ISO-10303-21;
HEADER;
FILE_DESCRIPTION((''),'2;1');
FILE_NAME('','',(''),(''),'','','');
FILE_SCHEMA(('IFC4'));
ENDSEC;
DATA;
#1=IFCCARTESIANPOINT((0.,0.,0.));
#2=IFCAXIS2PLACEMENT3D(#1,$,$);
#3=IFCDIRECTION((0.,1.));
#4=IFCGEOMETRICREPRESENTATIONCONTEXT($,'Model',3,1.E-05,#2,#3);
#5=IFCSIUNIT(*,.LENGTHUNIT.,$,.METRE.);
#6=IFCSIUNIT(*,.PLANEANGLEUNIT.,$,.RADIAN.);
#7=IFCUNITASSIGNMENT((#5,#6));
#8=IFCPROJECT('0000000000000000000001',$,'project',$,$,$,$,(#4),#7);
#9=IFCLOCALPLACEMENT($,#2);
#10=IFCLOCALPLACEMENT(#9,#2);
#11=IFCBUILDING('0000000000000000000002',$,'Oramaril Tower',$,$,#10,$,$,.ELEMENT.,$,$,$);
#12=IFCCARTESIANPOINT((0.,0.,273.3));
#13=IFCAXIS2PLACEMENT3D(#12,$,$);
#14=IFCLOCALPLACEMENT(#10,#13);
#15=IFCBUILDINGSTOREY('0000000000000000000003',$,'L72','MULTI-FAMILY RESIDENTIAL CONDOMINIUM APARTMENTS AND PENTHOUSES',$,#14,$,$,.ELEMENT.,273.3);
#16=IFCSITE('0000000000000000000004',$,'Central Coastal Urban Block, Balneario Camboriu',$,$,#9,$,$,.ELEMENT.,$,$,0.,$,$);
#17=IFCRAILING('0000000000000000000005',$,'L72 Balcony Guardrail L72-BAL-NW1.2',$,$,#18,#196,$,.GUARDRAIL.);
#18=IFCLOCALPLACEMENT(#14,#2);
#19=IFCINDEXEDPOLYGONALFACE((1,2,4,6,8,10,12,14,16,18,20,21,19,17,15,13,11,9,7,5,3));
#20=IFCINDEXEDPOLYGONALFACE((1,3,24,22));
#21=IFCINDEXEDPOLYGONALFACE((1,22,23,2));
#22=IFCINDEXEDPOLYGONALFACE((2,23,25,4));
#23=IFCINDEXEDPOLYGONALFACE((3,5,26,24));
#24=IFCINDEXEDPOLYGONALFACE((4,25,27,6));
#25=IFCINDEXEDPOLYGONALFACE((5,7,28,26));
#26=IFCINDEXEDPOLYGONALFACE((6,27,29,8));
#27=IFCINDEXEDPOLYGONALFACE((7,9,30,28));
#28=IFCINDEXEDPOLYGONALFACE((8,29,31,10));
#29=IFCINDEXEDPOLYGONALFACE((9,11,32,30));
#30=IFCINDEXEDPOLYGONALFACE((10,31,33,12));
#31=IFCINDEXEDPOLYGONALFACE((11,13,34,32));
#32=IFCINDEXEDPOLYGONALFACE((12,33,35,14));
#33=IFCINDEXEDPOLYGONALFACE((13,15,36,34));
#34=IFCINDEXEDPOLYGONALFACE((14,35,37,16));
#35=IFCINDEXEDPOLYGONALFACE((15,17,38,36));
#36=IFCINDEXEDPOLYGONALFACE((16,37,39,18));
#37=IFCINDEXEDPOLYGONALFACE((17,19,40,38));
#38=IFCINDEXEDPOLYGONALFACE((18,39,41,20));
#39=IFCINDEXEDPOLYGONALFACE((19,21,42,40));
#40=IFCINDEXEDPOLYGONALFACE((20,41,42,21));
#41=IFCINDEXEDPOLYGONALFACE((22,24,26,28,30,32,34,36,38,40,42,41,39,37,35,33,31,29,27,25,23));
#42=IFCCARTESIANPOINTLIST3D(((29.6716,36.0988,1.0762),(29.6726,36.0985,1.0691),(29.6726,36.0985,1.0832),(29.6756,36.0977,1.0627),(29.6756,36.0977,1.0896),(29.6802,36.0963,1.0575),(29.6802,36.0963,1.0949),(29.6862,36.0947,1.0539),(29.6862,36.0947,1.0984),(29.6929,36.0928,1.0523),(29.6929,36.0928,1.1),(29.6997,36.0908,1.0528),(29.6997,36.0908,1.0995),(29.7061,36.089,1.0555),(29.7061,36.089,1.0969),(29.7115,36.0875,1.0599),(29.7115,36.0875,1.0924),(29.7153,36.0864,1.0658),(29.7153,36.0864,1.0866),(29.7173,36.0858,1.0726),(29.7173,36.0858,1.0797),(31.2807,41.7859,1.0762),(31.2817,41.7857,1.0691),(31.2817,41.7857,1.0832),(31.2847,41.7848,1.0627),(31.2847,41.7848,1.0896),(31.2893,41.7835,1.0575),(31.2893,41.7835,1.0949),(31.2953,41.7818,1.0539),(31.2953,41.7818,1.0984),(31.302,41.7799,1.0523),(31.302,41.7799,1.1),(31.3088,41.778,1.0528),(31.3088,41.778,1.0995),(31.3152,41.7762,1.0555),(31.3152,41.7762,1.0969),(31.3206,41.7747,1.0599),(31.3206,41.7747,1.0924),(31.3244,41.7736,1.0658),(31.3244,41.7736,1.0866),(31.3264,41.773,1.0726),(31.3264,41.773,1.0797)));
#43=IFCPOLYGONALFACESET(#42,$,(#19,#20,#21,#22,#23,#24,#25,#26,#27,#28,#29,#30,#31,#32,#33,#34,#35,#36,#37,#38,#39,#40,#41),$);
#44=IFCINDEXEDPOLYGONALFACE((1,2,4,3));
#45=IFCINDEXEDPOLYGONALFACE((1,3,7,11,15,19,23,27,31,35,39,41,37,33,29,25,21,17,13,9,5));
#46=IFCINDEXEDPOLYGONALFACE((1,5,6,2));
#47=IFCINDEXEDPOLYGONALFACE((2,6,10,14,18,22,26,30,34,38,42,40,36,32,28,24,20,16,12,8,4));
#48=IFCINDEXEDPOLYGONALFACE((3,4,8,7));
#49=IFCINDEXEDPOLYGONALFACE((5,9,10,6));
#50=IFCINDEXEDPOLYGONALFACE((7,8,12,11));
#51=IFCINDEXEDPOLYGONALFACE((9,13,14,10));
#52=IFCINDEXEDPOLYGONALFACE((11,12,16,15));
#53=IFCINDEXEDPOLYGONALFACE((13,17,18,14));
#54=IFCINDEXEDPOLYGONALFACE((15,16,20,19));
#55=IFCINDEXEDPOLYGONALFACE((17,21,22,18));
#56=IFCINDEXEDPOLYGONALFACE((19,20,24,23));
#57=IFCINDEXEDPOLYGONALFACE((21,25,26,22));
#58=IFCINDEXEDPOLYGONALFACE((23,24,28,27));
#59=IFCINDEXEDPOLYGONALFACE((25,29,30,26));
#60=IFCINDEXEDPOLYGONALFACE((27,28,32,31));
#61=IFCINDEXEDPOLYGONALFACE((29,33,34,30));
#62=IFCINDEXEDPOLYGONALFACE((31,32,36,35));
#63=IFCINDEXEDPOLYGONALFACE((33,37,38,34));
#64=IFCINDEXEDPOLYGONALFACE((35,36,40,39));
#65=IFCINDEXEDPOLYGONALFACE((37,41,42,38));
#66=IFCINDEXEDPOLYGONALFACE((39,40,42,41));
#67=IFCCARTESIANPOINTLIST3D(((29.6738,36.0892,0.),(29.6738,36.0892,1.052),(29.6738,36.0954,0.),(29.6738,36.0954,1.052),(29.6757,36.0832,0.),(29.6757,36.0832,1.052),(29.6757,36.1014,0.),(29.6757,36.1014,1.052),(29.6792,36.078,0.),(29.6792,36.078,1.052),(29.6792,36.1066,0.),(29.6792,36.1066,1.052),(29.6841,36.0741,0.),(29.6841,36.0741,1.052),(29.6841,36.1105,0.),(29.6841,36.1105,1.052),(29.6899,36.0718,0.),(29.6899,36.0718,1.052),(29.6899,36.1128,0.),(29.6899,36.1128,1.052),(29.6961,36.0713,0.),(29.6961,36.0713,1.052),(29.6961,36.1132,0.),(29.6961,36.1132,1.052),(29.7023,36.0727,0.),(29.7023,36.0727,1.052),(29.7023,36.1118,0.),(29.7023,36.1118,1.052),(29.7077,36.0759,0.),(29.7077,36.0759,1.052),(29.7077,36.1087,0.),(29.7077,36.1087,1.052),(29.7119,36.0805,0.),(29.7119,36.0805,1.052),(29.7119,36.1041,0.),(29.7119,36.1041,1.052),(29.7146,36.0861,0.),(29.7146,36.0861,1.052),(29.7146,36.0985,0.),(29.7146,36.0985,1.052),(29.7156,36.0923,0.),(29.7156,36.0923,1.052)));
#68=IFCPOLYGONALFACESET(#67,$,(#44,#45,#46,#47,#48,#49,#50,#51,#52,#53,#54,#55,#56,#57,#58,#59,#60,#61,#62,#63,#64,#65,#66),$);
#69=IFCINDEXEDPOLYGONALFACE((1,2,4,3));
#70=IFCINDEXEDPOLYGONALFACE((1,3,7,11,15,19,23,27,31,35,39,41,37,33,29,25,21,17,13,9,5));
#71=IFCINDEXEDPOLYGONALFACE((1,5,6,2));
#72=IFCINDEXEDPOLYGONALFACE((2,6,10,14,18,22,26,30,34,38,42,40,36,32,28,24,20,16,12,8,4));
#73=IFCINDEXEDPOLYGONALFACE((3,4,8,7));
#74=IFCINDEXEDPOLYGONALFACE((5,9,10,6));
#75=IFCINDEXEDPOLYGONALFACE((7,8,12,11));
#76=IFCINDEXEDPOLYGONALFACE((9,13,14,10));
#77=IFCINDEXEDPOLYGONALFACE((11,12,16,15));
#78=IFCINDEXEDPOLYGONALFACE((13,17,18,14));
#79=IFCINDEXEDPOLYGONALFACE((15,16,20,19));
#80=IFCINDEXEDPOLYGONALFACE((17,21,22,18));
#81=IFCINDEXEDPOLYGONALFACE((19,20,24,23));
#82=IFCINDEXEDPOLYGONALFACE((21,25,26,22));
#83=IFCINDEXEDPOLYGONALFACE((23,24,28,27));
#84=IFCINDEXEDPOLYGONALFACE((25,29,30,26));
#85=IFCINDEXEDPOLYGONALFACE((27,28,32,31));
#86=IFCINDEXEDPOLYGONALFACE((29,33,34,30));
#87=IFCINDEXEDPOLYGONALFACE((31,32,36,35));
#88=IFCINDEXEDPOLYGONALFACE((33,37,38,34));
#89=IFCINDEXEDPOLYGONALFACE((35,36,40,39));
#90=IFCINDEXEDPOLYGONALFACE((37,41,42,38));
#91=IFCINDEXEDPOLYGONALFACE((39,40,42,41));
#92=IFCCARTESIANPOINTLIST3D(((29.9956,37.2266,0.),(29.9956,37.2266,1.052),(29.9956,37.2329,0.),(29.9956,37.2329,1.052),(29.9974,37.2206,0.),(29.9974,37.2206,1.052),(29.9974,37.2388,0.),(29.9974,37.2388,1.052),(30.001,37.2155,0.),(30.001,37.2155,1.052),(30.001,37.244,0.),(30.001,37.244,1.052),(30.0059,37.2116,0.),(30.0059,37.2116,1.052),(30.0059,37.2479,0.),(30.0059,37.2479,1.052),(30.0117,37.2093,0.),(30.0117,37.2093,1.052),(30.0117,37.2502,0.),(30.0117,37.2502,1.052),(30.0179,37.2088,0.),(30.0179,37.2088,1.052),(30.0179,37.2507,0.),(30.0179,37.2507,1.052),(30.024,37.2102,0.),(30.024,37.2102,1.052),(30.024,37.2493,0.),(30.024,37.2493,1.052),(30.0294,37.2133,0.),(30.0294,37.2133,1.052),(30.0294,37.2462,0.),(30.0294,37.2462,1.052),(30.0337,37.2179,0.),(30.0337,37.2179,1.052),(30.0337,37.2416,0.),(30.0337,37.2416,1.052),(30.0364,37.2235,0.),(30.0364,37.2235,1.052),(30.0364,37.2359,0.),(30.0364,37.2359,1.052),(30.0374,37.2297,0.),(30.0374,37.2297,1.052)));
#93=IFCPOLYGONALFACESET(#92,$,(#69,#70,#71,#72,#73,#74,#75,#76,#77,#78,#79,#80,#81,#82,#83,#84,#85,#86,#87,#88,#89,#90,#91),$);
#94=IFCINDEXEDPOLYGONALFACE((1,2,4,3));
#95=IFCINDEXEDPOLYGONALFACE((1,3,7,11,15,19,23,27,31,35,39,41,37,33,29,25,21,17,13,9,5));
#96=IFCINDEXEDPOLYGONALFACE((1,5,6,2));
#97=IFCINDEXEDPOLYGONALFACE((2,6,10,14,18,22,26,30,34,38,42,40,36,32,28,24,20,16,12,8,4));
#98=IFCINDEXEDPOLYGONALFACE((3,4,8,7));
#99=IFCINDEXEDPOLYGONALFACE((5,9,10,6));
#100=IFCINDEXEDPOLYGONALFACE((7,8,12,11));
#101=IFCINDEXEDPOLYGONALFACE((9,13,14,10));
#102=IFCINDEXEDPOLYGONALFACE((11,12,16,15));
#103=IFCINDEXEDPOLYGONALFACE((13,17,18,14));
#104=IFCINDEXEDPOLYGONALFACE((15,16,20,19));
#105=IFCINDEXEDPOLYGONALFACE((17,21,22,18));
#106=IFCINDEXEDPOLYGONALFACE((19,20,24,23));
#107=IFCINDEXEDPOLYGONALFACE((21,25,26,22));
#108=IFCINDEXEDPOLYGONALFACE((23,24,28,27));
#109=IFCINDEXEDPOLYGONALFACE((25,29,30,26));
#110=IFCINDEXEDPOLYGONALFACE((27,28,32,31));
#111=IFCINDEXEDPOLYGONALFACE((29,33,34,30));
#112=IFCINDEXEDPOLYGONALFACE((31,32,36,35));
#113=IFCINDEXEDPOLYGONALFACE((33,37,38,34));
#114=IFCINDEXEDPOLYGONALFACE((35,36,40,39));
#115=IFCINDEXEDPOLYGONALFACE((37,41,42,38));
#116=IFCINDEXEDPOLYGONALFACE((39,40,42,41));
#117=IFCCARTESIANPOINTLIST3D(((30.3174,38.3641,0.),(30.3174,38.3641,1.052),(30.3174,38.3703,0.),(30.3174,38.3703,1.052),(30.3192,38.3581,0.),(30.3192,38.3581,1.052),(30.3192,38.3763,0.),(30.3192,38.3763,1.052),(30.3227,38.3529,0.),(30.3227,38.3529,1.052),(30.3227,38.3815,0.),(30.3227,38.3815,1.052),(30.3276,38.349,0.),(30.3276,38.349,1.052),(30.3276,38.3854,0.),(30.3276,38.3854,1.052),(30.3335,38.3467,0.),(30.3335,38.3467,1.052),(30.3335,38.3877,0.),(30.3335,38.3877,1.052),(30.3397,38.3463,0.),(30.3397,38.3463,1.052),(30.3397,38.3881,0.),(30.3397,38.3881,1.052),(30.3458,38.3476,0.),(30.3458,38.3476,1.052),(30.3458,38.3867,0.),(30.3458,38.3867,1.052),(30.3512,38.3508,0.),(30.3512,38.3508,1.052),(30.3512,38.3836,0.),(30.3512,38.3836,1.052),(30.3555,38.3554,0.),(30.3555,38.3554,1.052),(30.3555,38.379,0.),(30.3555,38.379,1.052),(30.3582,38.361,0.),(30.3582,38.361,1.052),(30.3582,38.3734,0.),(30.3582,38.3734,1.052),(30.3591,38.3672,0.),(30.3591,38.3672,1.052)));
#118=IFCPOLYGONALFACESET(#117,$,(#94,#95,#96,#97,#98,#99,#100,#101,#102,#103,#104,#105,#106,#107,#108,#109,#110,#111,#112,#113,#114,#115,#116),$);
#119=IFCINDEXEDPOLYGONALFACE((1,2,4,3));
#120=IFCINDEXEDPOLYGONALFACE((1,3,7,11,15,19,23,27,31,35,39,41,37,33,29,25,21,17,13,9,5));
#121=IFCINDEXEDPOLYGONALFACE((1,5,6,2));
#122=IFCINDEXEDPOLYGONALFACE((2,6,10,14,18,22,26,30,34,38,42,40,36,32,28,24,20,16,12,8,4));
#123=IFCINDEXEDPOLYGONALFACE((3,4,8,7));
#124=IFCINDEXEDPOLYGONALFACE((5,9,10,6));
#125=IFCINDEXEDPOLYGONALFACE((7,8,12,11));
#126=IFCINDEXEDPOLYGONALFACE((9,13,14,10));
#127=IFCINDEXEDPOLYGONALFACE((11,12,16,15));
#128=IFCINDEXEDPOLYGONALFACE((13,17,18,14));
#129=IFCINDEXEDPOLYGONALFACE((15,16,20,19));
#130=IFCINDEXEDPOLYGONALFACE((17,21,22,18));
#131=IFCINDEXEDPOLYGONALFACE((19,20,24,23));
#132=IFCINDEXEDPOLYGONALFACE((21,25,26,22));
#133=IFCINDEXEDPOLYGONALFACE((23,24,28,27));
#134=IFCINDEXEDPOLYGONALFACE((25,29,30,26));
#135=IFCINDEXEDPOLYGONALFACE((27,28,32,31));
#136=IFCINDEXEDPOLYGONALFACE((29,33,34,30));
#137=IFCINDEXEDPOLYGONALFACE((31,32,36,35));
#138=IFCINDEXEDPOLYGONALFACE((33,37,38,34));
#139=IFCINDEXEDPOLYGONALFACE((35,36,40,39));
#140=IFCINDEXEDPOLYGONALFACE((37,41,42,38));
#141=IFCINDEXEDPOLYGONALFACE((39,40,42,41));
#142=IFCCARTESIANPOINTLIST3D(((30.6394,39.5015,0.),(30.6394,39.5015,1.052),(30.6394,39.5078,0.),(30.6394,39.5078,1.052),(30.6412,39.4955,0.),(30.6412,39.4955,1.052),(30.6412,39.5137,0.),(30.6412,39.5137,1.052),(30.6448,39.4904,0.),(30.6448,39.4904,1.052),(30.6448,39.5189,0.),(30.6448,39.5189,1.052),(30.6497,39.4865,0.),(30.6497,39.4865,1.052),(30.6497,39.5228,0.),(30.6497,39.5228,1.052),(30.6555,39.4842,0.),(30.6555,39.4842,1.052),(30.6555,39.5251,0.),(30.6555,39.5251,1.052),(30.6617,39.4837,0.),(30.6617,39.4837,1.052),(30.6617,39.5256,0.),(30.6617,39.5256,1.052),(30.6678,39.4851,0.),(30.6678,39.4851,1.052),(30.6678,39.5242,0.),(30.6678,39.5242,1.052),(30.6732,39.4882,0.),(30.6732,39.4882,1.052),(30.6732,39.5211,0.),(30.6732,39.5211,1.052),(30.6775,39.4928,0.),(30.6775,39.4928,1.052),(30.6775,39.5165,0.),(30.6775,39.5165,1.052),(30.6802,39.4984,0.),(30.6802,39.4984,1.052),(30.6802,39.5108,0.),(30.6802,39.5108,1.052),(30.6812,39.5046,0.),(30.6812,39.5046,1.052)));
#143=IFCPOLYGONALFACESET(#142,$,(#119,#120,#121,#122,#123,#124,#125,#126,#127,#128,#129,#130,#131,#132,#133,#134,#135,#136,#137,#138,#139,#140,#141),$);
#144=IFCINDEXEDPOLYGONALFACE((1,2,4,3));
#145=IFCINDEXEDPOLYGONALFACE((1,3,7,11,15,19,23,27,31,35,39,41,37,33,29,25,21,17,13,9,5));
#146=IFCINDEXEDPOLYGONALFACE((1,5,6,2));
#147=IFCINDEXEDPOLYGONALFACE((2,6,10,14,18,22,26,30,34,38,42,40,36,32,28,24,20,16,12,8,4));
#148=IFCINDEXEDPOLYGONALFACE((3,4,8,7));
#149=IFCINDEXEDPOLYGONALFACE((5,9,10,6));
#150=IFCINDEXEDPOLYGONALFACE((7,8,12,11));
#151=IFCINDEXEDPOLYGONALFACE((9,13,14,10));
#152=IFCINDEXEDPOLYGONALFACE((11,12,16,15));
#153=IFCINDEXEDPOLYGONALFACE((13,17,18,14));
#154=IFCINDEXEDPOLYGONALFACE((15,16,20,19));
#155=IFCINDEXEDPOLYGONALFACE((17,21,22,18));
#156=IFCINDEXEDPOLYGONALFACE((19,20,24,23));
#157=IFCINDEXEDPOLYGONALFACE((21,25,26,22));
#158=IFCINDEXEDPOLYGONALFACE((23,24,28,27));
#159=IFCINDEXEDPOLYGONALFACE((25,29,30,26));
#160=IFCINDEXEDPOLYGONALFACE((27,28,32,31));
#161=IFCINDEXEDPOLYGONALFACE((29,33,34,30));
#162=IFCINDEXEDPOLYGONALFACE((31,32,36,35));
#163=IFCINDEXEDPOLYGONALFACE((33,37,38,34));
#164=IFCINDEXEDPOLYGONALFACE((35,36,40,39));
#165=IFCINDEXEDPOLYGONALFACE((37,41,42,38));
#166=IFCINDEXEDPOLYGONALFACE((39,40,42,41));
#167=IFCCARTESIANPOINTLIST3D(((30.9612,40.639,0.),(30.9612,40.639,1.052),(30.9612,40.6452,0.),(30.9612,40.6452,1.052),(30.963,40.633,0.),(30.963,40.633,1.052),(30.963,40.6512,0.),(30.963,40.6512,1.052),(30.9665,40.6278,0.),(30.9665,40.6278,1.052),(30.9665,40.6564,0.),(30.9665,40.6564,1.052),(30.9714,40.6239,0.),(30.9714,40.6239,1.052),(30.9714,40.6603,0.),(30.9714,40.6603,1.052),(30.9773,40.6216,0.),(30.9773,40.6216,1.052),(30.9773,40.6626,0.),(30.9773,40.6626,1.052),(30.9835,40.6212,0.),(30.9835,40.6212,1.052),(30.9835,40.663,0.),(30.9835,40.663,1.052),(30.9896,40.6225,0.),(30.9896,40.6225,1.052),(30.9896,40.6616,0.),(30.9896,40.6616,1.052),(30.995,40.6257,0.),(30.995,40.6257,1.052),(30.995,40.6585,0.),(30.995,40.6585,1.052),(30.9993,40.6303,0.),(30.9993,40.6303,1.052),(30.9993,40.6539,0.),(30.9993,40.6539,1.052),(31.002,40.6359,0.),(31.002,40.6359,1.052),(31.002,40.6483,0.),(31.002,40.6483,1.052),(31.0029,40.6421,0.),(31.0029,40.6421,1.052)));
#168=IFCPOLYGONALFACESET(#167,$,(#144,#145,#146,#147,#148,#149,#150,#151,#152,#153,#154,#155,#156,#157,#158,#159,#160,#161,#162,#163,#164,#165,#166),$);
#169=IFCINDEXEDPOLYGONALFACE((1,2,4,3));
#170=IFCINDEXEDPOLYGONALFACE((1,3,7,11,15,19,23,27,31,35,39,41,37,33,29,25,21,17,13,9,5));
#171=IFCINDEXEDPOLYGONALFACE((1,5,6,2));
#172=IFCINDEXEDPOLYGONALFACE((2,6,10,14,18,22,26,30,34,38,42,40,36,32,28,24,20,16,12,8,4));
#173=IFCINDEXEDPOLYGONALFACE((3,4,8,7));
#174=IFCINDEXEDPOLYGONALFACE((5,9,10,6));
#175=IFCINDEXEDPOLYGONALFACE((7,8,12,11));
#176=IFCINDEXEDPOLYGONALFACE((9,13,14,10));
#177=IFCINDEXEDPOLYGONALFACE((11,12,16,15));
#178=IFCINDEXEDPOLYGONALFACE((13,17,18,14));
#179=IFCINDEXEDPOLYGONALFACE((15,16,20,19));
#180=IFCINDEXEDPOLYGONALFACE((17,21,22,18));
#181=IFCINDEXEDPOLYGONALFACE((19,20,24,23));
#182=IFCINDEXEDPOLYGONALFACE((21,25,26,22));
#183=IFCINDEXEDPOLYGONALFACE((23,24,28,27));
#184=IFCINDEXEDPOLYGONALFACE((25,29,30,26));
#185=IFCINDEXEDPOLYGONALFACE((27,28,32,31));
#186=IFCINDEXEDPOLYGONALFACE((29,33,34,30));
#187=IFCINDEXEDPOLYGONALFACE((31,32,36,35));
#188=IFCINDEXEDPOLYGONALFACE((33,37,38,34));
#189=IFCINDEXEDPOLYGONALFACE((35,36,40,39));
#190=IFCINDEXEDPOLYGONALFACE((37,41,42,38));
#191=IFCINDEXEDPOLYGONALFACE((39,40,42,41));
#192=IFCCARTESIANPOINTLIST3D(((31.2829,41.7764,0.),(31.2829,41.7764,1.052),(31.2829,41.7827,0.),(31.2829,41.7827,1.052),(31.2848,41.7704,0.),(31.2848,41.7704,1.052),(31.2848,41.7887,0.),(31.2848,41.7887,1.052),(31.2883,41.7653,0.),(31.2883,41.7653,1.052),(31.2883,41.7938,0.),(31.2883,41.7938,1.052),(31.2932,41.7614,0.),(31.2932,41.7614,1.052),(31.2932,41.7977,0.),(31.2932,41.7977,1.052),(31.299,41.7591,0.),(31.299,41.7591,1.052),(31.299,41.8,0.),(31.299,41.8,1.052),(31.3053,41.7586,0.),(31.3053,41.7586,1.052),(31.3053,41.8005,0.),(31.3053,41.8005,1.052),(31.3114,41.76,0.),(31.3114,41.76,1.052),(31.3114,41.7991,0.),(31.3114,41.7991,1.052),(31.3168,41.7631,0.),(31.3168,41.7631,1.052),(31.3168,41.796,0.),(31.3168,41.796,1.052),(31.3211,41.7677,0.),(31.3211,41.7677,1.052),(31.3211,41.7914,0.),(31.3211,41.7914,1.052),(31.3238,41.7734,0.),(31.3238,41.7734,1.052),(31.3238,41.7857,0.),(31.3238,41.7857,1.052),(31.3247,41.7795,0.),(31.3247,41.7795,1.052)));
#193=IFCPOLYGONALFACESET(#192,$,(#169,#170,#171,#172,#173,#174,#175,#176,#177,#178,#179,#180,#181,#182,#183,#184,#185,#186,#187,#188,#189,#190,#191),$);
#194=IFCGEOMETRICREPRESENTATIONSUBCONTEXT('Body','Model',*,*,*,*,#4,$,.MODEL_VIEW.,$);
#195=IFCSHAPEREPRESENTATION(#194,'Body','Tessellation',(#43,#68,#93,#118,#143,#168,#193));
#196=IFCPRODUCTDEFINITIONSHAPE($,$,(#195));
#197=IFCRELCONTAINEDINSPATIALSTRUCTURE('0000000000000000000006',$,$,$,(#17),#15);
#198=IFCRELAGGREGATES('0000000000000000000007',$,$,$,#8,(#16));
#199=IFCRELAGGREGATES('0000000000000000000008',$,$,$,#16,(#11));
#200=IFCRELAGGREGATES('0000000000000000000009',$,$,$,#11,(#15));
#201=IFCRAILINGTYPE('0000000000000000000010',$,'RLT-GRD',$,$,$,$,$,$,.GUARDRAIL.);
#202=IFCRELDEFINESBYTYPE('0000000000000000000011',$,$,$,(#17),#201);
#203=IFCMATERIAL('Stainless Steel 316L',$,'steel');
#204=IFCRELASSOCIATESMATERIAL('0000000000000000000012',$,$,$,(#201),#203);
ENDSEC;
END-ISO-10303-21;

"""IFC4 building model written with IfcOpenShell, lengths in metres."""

from ifc_helpers import new_model, si_unit, direction, frame, origin, origin_2d, place, context, subcontext, project, spatial, circle, extrude, material, type_object, element, save


model = new_model("IFC4")

# Units and contexts
model_context = context("Model", 3, precision=1e-05, world=origin(), true_north=direction((0.0, 1.0)))
body_context = subcontext(model_context, "Body", "Model", "MODEL_VIEW")
ifc_project = project(units=[si_unit("LENGTHUNIT", "METRE"), si_unit("PLANEANGLEUNIT", "RADIAN")], contexts=[model_context])

# Site, building, storey
site_placement = place(None, origin())
site = spatial("IfcSite", under=ifc_project, at=site_placement, Name="Central Coastal Urban Block, Balneario Camboriu", CompositionType="ELEMENT", RefElevation=0.0)
building_placement = place(site_placement, origin())
building = spatial("IfcBuilding", under=site, at=building_placement, Name="Oramaril Tower", CompositionType="ELEMENT")
storey_placement = place(building_placement, frame((0.0, 0.0, 273.3)))
storey = spatial("IfcBuildingStorey", under=building, at=storey_placement, Name="L72", Description="MULTI-FAMILY RESIDENTIAL CONDOMINIUM APARTMENTS AND PENTHOUSES", CompositionType="ELEMENT", Elevation=273.3)

# Railing
ifc_material_1 = material(Name="Stainless Steel 316L", Category="steel")
railing_type = type_object("IfcRailingType", Name="RLT-GRD", PredefinedType="GUARDRAIL", material=ifc_material_1)
railing_1_placement = place(storey_placement, frame((29.6946, 36.0923, 0.0)))
element("IfcRailing", 1, at=railing_1_placement, inside=storey, type_object=railing_type, Name="L72 Balcony Guardrail L72-BAL-NW1.2", PredefinedType="GUARDRAIL", context=body_context, shape_type="SweptSolid", body=[
    extrude(circle(Radius=0.0239, at=origin_2d()), frame((0.0, 0.0, 1.0762), z_axis=(0.272249, 0.962227, 0.0), x_axis=(-0.962227, 0.272249, 0.0)), (0.0, 0.0, 1.0), 5.9104),
    extrude(circle(Radius=0.021, at=origin_2d()), origin(), (0.0, 0.0, 1.0), 1.052),
    extrude(circle(Radius=0.021, at=origin_2d()), frame((0.3218, 1.1375, 0.0)), (0.0, 0.0, 1.0), 1.052),
    extrude(circle(Radius=0.021, at=origin_2d()), frame((0.6436, 2.2749, 0.0)), (0.0, 0.0, 1.0), 1.052),
    extrude(circle(Radius=0.021, at=origin_2d()), frame((0.9656, 3.4124, 0.0)), (0.0, 0.0, 1.0), 1.052),
    extrude(circle(Radius=0.021, at=origin_2d()), frame((1.2874, 4.5498, 0.0)), (0.0, 0.0, 1.0), 1.052),
    extrude(circle(Radius=0.021, at=origin_2d()), frame((1.6091, 5.6873, 0.0)), (0.0, 0.0, 1.0), 1.052),
])

save(model, "model.ifc")
